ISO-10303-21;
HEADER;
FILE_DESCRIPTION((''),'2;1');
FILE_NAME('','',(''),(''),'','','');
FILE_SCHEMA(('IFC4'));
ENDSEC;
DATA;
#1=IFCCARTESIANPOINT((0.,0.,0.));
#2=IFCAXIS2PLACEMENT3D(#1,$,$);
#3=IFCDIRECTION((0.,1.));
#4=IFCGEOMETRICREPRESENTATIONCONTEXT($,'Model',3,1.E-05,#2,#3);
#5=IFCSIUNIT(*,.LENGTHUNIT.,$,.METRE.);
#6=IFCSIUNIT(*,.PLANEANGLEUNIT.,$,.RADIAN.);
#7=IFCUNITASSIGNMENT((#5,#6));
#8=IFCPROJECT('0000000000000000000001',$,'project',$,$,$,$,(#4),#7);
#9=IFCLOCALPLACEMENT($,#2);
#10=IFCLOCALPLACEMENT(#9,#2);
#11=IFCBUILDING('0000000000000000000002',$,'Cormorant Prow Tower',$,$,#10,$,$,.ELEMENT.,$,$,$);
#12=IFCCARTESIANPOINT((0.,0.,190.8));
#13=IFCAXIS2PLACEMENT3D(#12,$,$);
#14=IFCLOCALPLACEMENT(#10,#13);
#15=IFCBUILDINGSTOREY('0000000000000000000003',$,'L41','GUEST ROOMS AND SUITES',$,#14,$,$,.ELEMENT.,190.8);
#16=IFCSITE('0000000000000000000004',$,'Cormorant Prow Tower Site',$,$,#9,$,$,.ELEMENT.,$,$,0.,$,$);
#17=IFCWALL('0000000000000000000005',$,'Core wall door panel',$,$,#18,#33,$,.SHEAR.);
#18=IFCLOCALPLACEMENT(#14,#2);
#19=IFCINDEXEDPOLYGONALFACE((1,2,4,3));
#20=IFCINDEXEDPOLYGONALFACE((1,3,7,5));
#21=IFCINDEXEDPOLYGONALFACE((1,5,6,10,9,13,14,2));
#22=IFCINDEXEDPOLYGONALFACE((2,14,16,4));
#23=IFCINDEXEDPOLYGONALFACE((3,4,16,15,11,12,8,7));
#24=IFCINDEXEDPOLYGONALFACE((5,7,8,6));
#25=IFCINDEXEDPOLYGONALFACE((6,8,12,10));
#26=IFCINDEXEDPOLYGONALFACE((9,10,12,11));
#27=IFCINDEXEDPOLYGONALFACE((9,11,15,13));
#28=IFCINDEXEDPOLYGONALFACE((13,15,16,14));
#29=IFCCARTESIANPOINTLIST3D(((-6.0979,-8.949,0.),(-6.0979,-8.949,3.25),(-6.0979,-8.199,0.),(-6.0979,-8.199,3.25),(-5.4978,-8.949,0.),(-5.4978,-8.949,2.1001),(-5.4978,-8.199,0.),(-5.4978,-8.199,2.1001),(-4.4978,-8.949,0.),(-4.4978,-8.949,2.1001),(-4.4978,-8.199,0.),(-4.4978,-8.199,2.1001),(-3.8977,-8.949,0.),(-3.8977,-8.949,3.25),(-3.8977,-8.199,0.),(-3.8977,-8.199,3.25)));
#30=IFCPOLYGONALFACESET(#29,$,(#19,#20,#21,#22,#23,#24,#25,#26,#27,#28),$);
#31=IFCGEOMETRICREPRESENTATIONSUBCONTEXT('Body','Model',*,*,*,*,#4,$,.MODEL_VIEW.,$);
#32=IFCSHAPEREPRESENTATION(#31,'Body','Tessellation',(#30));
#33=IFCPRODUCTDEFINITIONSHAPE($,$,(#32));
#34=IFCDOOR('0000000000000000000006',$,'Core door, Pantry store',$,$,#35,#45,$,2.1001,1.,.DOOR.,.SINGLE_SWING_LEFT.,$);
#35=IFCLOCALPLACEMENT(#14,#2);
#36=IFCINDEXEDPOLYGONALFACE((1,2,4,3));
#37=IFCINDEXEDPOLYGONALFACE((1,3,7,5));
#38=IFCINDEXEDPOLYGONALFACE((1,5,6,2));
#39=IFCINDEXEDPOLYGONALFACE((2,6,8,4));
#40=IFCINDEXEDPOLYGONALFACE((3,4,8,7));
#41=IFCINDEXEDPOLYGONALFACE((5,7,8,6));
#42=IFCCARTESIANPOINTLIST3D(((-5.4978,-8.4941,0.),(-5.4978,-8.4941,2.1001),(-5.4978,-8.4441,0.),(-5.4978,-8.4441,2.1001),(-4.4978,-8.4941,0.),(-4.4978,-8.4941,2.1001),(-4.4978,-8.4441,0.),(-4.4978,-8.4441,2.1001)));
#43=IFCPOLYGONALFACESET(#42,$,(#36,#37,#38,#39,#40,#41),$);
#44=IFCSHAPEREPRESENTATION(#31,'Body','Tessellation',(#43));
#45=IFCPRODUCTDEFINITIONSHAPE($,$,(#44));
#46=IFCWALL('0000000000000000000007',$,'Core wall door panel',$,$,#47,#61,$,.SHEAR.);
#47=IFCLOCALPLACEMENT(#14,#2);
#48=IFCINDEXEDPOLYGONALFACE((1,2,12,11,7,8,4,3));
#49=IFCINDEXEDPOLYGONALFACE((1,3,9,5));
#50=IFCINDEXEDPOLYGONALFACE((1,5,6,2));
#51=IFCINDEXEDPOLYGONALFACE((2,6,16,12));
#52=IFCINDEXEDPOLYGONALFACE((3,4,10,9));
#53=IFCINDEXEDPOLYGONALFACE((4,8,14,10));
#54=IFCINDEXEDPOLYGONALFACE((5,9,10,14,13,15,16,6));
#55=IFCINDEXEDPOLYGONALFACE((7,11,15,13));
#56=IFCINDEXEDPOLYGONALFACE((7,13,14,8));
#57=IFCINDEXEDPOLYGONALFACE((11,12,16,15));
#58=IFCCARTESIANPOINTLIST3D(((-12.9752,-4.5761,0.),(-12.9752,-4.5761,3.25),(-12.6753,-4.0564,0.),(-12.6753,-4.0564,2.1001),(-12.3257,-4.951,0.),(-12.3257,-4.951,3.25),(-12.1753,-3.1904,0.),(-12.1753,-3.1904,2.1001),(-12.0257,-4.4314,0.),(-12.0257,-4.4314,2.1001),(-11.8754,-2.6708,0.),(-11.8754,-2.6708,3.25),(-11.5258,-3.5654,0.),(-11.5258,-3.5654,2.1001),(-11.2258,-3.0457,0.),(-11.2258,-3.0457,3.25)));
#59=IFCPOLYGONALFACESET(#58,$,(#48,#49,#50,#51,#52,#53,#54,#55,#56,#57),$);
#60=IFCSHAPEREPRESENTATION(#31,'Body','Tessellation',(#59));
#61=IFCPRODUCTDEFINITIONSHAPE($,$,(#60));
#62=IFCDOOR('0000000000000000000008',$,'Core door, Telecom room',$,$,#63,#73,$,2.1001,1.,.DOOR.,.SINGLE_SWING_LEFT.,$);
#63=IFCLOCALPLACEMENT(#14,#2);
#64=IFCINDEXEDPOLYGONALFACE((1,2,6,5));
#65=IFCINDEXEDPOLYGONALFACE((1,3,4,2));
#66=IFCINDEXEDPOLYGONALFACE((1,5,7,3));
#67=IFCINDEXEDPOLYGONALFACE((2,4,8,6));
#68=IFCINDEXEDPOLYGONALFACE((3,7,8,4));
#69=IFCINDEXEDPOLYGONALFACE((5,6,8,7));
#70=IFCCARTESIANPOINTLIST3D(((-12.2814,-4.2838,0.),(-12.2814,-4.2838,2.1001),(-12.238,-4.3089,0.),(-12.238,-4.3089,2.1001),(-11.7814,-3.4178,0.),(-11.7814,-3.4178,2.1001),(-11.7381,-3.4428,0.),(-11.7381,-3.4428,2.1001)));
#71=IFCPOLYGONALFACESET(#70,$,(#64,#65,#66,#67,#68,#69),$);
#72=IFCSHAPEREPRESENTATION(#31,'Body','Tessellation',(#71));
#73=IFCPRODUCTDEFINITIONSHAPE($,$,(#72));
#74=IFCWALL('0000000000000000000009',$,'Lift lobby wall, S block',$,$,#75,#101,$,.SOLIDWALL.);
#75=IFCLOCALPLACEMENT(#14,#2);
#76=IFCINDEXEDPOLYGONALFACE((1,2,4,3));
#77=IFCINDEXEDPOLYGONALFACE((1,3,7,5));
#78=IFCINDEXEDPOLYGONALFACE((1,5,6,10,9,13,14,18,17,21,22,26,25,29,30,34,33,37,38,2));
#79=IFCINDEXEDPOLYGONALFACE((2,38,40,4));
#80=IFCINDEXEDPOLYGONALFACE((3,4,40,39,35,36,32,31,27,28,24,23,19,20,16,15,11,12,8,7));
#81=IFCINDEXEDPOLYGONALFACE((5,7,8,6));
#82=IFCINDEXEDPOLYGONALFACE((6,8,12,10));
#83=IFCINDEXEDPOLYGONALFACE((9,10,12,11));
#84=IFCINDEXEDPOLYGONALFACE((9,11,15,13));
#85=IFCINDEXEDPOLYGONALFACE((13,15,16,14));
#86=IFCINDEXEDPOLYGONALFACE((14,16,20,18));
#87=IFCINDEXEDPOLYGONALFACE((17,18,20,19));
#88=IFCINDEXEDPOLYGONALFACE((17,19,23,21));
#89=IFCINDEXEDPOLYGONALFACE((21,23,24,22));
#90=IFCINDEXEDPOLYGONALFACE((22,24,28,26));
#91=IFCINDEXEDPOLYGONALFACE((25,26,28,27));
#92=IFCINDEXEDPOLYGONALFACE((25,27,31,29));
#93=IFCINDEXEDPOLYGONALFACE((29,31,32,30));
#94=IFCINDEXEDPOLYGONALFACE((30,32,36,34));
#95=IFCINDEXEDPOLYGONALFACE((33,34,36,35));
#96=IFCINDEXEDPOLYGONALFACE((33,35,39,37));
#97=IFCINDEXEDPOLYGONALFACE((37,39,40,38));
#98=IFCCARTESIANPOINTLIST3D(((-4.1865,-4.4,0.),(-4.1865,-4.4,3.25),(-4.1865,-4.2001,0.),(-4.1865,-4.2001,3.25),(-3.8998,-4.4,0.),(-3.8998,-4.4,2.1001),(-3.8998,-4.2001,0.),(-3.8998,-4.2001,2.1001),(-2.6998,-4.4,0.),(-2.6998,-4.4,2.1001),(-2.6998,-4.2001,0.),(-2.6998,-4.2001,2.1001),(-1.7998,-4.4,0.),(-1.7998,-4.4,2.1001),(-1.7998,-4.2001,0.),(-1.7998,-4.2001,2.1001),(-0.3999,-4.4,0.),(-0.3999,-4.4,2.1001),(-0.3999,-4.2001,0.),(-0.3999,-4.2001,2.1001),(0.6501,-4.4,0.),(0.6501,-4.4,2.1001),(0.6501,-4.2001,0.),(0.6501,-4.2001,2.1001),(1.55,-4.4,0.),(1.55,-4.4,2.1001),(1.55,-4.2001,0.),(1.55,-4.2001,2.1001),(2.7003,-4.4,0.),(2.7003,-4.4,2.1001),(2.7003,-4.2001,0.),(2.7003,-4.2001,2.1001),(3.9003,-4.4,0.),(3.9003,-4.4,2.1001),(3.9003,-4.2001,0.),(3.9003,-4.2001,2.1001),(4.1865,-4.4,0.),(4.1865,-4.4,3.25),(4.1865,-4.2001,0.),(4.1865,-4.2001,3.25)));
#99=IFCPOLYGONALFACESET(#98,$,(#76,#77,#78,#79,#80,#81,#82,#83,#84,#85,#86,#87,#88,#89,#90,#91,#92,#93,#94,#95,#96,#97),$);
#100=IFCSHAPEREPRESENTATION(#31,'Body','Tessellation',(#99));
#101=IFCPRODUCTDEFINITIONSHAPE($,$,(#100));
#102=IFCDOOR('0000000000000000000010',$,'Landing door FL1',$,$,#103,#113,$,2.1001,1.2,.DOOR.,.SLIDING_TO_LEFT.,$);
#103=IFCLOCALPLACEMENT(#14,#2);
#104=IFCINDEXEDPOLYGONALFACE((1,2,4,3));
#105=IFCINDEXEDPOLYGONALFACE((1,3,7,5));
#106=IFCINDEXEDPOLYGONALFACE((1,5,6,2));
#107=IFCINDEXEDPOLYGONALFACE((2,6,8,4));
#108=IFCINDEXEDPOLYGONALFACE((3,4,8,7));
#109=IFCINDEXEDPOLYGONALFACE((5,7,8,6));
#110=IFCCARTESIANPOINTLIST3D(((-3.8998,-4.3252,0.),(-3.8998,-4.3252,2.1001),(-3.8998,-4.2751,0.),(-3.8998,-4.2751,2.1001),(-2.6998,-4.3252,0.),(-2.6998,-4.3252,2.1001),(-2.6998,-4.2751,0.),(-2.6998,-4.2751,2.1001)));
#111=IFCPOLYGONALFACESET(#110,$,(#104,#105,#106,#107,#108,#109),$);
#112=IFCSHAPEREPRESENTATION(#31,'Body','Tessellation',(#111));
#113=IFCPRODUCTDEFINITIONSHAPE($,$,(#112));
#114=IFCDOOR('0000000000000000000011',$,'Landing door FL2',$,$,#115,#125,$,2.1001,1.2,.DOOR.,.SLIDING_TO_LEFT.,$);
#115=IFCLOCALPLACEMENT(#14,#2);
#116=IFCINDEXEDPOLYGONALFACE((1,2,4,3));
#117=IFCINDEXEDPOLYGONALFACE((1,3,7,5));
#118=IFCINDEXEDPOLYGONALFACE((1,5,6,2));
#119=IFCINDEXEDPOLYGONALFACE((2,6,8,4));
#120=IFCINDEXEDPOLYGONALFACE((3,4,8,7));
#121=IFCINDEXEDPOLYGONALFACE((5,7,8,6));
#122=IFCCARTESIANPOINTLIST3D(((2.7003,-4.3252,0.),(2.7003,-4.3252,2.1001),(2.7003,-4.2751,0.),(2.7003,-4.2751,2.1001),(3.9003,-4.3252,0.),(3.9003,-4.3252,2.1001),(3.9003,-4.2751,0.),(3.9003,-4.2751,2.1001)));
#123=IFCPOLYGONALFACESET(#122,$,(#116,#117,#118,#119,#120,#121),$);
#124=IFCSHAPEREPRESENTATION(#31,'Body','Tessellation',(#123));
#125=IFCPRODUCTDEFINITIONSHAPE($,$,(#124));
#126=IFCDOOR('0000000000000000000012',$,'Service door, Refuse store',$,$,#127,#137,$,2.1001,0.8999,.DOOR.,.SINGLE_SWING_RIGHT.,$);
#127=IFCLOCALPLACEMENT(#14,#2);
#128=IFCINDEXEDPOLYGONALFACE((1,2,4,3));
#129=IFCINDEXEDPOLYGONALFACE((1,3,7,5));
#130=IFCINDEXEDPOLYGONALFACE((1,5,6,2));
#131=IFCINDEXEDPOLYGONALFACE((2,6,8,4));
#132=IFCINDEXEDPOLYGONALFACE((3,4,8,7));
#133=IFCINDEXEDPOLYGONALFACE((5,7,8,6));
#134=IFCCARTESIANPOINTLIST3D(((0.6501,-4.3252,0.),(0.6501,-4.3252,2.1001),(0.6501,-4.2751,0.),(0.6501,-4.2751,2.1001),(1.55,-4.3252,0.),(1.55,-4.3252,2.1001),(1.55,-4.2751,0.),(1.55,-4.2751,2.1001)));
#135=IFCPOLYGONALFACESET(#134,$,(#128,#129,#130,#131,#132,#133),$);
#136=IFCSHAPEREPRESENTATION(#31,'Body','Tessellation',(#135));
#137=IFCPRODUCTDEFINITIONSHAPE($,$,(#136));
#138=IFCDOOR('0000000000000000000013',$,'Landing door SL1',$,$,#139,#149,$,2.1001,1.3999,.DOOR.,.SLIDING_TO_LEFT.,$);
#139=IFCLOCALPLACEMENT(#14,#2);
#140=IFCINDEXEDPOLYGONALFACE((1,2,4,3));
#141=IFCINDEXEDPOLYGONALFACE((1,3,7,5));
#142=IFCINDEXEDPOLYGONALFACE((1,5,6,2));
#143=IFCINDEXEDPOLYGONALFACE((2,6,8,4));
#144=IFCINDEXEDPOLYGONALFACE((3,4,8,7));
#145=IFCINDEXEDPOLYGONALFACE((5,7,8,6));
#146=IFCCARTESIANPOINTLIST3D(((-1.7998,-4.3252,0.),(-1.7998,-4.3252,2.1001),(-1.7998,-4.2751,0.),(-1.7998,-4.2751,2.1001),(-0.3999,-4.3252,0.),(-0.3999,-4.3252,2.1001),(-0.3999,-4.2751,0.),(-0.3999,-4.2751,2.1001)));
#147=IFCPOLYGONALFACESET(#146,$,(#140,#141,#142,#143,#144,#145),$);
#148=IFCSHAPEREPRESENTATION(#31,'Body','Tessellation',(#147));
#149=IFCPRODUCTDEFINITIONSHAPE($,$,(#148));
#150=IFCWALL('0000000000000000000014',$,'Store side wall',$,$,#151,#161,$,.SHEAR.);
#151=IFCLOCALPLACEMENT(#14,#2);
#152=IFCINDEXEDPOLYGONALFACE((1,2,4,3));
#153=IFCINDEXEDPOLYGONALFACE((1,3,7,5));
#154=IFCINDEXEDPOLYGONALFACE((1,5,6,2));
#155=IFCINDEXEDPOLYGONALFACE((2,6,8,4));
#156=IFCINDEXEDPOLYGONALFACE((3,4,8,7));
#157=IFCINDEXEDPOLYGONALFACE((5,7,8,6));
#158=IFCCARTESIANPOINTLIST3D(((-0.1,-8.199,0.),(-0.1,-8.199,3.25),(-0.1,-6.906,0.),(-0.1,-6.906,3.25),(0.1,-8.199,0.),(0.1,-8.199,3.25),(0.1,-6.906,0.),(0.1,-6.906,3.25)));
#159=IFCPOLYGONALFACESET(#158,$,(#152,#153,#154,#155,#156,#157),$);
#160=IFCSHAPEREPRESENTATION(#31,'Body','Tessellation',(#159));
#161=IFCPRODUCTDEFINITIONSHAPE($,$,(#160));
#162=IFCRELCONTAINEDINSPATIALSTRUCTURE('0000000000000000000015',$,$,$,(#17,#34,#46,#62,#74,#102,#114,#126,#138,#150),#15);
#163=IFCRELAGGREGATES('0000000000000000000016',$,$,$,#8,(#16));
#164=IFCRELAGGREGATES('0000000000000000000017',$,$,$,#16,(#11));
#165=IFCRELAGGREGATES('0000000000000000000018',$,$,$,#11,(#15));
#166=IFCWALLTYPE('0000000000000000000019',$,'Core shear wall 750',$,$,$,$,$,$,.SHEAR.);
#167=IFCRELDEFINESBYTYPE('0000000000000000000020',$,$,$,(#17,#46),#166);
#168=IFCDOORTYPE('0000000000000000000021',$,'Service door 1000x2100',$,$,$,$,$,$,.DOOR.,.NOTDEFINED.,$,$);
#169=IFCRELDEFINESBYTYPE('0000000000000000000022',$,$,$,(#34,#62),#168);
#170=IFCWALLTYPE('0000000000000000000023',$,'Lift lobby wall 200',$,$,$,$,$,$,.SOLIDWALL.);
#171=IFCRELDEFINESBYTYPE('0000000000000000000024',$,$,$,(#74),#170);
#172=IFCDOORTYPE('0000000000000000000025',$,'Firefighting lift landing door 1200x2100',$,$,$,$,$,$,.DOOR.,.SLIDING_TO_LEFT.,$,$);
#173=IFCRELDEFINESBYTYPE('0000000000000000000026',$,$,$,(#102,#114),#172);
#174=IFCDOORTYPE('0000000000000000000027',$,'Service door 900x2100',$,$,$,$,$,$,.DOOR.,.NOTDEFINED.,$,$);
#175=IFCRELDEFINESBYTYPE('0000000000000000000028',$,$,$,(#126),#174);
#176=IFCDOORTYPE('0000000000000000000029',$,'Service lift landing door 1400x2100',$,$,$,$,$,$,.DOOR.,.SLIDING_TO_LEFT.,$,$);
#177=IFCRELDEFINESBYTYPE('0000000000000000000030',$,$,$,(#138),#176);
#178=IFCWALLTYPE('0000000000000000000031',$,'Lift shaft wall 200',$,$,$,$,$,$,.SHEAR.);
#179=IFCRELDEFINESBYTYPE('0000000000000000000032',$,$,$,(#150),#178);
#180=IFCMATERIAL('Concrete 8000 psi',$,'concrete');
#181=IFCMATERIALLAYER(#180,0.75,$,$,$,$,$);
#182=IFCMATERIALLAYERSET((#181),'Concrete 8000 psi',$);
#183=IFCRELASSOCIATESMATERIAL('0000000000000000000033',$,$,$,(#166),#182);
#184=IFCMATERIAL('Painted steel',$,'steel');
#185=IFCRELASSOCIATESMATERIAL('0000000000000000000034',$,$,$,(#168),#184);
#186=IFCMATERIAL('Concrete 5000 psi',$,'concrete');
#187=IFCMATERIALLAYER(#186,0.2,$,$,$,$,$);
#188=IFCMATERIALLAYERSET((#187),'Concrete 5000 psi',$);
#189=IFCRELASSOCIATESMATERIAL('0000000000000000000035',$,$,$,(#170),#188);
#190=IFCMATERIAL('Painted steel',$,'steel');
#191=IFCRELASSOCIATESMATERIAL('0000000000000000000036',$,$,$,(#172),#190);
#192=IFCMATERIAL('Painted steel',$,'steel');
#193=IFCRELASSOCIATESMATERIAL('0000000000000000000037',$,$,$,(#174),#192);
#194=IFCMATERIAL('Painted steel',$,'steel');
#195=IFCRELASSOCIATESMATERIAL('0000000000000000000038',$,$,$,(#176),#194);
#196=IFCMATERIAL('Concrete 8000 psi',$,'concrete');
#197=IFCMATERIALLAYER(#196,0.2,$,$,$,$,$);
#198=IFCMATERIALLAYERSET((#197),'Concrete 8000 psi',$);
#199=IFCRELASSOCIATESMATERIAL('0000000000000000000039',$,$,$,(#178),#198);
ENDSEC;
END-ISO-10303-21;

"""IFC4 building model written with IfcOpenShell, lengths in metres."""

from ifc_helpers import new_model, si_unit, direction, frame, frame_2d, origin, place, context, subcontext, project, spatial, rectangle, extrude, material, layer, layer_set, type_object, element, fill, save


model = new_model("IFC4")

# Units and contexts
model_context = context("Model", 3, precision=1e-05, world=origin(), true_north=direction((0.0, 1.0)))
body_context = subcontext(model_context, "Body", "Model", "MODEL_VIEW")
ifc_project = project(units=[si_unit("LENGTHUNIT", "METRE"), si_unit("PLANEANGLEUNIT", "RADIAN")], contexts=[model_context])

# Site, building, storey
site_placement = place(None, origin())
site = spatial("IfcSite", under=ifc_project, at=site_placement, Name="Cormorant Prow Tower Site", CompositionType="ELEMENT", RefElevation=0.0)
building_placement = place(site_placement, origin())
building = spatial("IfcBuilding", under=site, at=building_placement, Name="Cormorant Prow Tower", CompositionType="ELEMENT")
storey_placement = place(building_placement, frame((0.0, 0.0, 190.8)))
storey = spatial("IfcBuildingStorey", under=building, at=storey_placement, Name="L41", Description="GUEST ROOMS AND SUITES", CompositionType="ELEMENT", Elevation=190.8)

# Shared definitions
ifc_material_1 = material(Name="Concrete 8000 psi", Category="concrete")
ifc_layer_1 = layer(ifc_material_1, 0.75)
ifc_layer_set_1 = layer_set([ifc_layer_1], Name="Concrete 8000 psi")
wall_type_1 = type_object("IfcWallType", Name="Core shear wall 750", PredefinedType="SHEAR", material=ifc_layer_set_1)

# Walls, openings, doors
wall_1_placement = place(storey_placement, frame((-6.0979, -8.574, 0.0), z_axis=(0.0, 0.0, 1.0), x_axis=(1.0, 0.0, 0.0)))
wall_1 = element("IfcWall", 1, at=wall_1_placement, inside=storey, type_object=wall_type_1, Name="Core wall door panel", PredefinedType="SHEAR", context=body_context, shape_type="SweptSolid", body=[
    extrude(rectangle(XDim=2.2002, YDim=0.75, at=frame_2d((1.1001, 0.0))), origin(), (0.0, 0.0, 1.0), 3.25),
])
opening_1_placement = place(wall_1_placement, frame((0.6001, 0.0, 0.0)))
opening_1 = element("IfcOpeningElement", 2, at=opening_1_placement, cuts=wall_1, PredefinedType="OPENING", context=body_context, shape_type="SweptSolid", body=[
    extrude(rectangle(XDim=1.0, YDim=2.1001, at=frame_2d((0.5, 1.05))), frame((0.0, 0.385, 0.0), z_axis=(0.0, -1.0, 0.0), x_axis=(1.0, 0.0, 0.0)), (0.0, 0.0, 1.0), 0.77),
])
ifc_material_2 = material(Name="Painted steel", Category="steel")
door_type_1 = type_object("IfcDoorType", Name="Service door 1000x2100", OperationType="NOTDEFINED", PredefinedType="DOOR", material=ifc_material_2)
door_1_placement = place(opening_1_placement, origin())
door_1 = element("IfcDoor", 3, at=door_1_placement, inside=storey, type_object=door_type_1, Name="Core door, Pantry store", OperationType="SINGLE_SWING_LEFT", OverallHeight=2.1001, OverallWidth=1.0, PredefinedType="DOOR", context=body_context, shape_type="SweptSolid", body=[
    extrude(rectangle(XDim=1.0, YDim=2.1001, at=frame_2d((0.5, 1.05))), frame((0.0, 0.1299, 0.0), z_axis=(0.0, -1.0, 0.0), x_axis=(1.0, 0.0, 0.0)), (0.0, 0.0, 1.0), 0.05),
])
fill(opening_1, door_1)
wall_2_placement = place(storey_placement, frame((-11.5505, -2.8582, 0.0), z_axis=(0.0, 0.0, 1.0), x_axis=(-0.499947, -0.866056, 0.0)))
wall_2 = element("IfcWall", 4, at=wall_2_placement, inside=storey, type_object=wall_type_1, Name="Core wall door panel", PredefinedType="SHEAR", context=body_context, shape_type="SweptSolid", body=[
    extrude(rectangle(XDim=2.2, YDim=0.75, at=frame_2d((1.1001, 0.0))), origin(), (0.0, 0.0, 1.0), 3.25),
])
opening_2_placement = place(wall_2_placement, frame((0.6001, 0.0, 0.0)))
opening_2 = element("IfcOpeningElement", 5, at=opening_2_placement, cuts=wall_2, PredefinedType="OPENING", context=body_context, shape_type="SweptSolid", body=[
    extrude(rectangle(XDim=1.0, YDim=2.1001, at=frame_2d((0.5, 1.05))), frame((0.0, 0.385, 0.0), z_axis=(0.0, -1.0, 0.0), x_axis=(1.0, 0.0, 0.0)), (0.0, 0.0, 1.0), 0.77),
])
door_2_placement = place(opening_2_placement, origin())
door_2 = element("IfcDoor", 6, at=door_2_placement, inside=storey, type_object=door_type_1, Name="Core door, Telecom room", OperationType="SINGLE_SWING_LEFT", OverallHeight=2.1001, OverallWidth=1.0, PredefinedType="DOOR", context=body_context, shape_type="SweptSolid", body=[
    extrude(rectangle(XDim=1.0, YDim=2.1001, at=frame_2d((0.5, 1.05))), frame((0.0, 0.1299, 0.0), z_axis=(0.0, -1.0, 0.0), x_axis=(1.0, 0.0, 0.0)), (0.0, 0.0, 1.0), 0.05),
])
fill(opening_2, door_2)

# Wall, openings, doors
ifc_material_3 = material(Name="Concrete 5000 psi", Category="concrete")
ifc_layer_2 = layer(ifc_material_3, 0.2)
ifc_layer_set_2 = layer_set([ifc_layer_2], Name="Concrete 5000 psi")
wall_type_2 = type_object("IfcWallType", Name="Lift lobby wall 200", PredefinedType="SOLIDWALL", material=ifc_layer_set_2)
wall_3_placement = place(storey_placement, frame((-4.1865, -4.3, 0.0), z_axis=(0.0, 0.0, 1.0), x_axis=(1.0, 0.0, 0.0)))
wall_3 = element("IfcWall", 7, at=wall_3_placement, inside=storey, type_object=wall_type_2, Name="Lift lobby wall, S block", PredefinedType="SOLIDWALL", context=body_context, shape_type="SweptSolid", body=[
    extrude(rectangle(XDim=8.373, YDim=0.2, at=frame_2d((4.1865, 0.0))), origin(), (0.0, 0.0, 1.0), 3.25),
])
opening_3_placement = place(wall_3_placement, frame((0.2866, 0.0, 0.0)))
opening_3 = element("IfcOpeningElement", 8, at=opening_3_placement, cuts=wall_3, PredefinedType="OPENING", context=body_context, shape_type="SweptSolid", body=[
    extrude(rectangle(XDim=1.2, YDim=2.1001, at=frame_2d((0.6001, 1.05))), frame((0.0, 0.1099, 0.0), z_axis=(0.0, -1.0, 0.0), x_axis=(1.0, 0.0, 0.0)), (0.0, 0.0, 1.0), 0.22),
])
opening_4_placement = place(wall_3_placement, frame((2.3867, 0.0, 0.0)))
opening_4 = element("IfcOpeningElement", 9, at=opening_4_placement, cuts=wall_3, PredefinedType="OPENING", context=body_context, shape_type="SweptSolid", body=[
    extrude(rectangle(XDim=1.3999, YDim=2.1001, at=frame_2d((0.7, 1.05))), frame((0.0, 0.1099, 0.0), z_axis=(0.0, -1.0, 0.0), x_axis=(1.0, 0.0, 0.0)), (0.0, 0.0, 1.0), 0.22),
])
opening_5_placement = place(wall_3_placement, frame((4.8367, 0.0, 0.0)))
opening_5 = element("IfcOpeningElement", 10, at=opening_5_placement, cuts=wall_3, PredefinedType="OPENING", context=body_context, shape_type="SweptSolid", body=[
    extrude(rectangle(XDim=0.8999, YDim=2.1001, at=frame_2d((0.45, 1.05))), frame((0.0, 0.1099, 0.0), z_axis=(0.0, -1.0, 0.0), x_axis=(1.0, 0.0, 0.0)), (0.0, 0.0, 1.0), 0.22),
])
opening_6_placement = place(wall_3_placement, frame((6.8867, 0.0, 0.0)))
opening_6 = element("IfcOpeningElement", 11, at=opening_6_placement, cuts=wall_3, PredefinedType="OPENING", context=body_context, shape_type="SweptSolid", body=[
    extrude(rectangle(XDim=1.2, YDim=2.1001, at=frame_2d((0.6001, 1.05))), frame((0.0, 0.1099, 0.0), z_axis=(0.0, -1.0, 0.0), x_axis=(1.0, 0.0, 0.0)), (0.0, 0.0, 1.0), 0.22),
])
ifc_material_4 = material(Name="Painted steel", Category="steel")
door_type_2 = type_object("IfcDoorType", Name="Firefighting lift landing door 1200x2100", OperationType="SLIDING_TO_LEFT", PredefinedType="DOOR", material=ifc_material_4)
door_3_placement = place(opening_3_placement, origin())
door_3 = element("IfcDoor", 12, at=door_3_placement, inside=storey, type_object=door_type_2, Name="Landing door FL1", OperationType="SLIDING_TO_LEFT", OverallHeight=2.1001, OverallWidth=1.2, PredefinedType="DOOR", context=body_context, shape_type="SweptSolid", body=[
    extrude(rectangle(XDim=1.2, YDim=2.1001, at=frame_2d((0.6001, 1.05))), frame((0.0, 0.0249, 0.0), z_axis=(0.0, -1.0, 0.0), x_axis=(1.0, 0.0, 0.0)), (0.0, 0.0, 1.0), 0.05),
])
fill(opening_3, door_3)
door_4_placement = place(opening_6_placement, origin())
door_4 = element("IfcDoor", 13, at=door_4_placement, inside=storey, type_object=door_type_2, Name="Landing door FL2", OperationType="SLIDING_TO_LEFT", OverallHeight=2.1001, OverallWidth=1.2, PredefinedType="DOOR", context=body_context, shape_type="SweptSolid", body=[
    extrude(rectangle(XDim=1.2, YDim=2.1001, at=frame_2d((0.6001, 1.05))), frame((0.0, 0.0249, 0.0), z_axis=(0.0, -1.0, 0.0), x_axis=(1.0, 0.0, 0.0)), (0.0, 0.0, 1.0), 0.05),
])
fill(opening_6, door_4)
ifc_material_5 = material(Name="Painted steel", Category="steel")
door_type_3 = type_object("IfcDoorType", Name="Service door 900x2100", OperationType="NOTDEFINED", PredefinedType="DOOR", material=ifc_material_5)
door_5_placement = place(opening_5_placement, origin())
door_5 = element("IfcDoor", 14, at=door_5_placement, inside=storey, type_object=door_type_3, Name="Service door, Refuse store", OperationType="SINGLE_SWING_RIGHT", OverallHeight=2.1001, OverallWidth=0.8999, PredefinedType="DOOR", context=body_context, shape_type="SweptSolid", body=[
    extrude(rectangle(XDim=0.8999, YDim=2.1001, at=frame_2d((0.45, 1.05))), frame((0.0, 0.0249, 0.0), z_axis=(0.0, -1.0, 0.0), x_axis=(1.0, 0.0, 0.0)), (0.0, 0.0, 1.0), 0.05),
])
fill(opening_5, door_5)
ifc_material_6 = material(Name="Painted steel", Category="steel")
door_type_4 = type_object("IfcDoorType", Name="Service lift landing door 1400x2100", OperationType="SLIDING_TO_LEFT", PredefinedType="DOOR", material=ifc_material_6)
door_6_placement = place(opening_4_placement, origin())
door_6 = element("IfcDoor", 15, at=door_6_placement, inside=storey, type_object=door_type_4, Name="Landing door SL1", OperationType="SLIDING_TO_LEFT", OverallHeight=2.1001, OverallWidth=1.3999, PredefinedType="DOOR", context=body_context, shape_type="SweptSolid", body=[
    extrude(rectangle(XDim=1.3999, YDim=2.1001, at=frame_2d((0.7, 1.05))), frame((0.0, 0.0249, 0.0), z_axis=(0.0, -1.0, 0.0), x_axis=(1.0, 0.0, 0.0)), (0.0, 0.0, 1.0), 0.05),
])
fill(opening_4, door_6)

# Wall
ifc_material_7 = material(Name="Concrete 8000 psi", Category="concrete")
ifc_layer_3 = layer(ifc_material_7, 0.2)
ifc_layer_set_3 = layer_set([ifc_layer_3], Name="Concrete 8000 psi")
wall_type_3 = type_object("IfcWallType", Name="Lift shaft wall 200", PredefinedType="SHEAR", material=ifc_layer_set_3)
for number, where, z_axis, x_axis, name in (
    (16, (0.0, -6.906, 0.0), (0.0, 0.0, 1.0), (0.0, -1.0, 0.0), "Store side wall"),
):
    element("IfcWall", number, at=place(storey_placement, frame(where, z_axis=z_axis, x_axis=x_axis)), inside=storey, type_object=wall_type_3, Name=name, PredefinedType="SHEAR", context=body_context, shape_type="SweptSolid", body=[
        extrude(rectangle(XDim=1.293, YDim=0.2, at=frame_2d((0.6465, 0.0))), origin(), (0.0, 0.0, 1.0), 3.25),
    ])

save(model, "model.ifc")
